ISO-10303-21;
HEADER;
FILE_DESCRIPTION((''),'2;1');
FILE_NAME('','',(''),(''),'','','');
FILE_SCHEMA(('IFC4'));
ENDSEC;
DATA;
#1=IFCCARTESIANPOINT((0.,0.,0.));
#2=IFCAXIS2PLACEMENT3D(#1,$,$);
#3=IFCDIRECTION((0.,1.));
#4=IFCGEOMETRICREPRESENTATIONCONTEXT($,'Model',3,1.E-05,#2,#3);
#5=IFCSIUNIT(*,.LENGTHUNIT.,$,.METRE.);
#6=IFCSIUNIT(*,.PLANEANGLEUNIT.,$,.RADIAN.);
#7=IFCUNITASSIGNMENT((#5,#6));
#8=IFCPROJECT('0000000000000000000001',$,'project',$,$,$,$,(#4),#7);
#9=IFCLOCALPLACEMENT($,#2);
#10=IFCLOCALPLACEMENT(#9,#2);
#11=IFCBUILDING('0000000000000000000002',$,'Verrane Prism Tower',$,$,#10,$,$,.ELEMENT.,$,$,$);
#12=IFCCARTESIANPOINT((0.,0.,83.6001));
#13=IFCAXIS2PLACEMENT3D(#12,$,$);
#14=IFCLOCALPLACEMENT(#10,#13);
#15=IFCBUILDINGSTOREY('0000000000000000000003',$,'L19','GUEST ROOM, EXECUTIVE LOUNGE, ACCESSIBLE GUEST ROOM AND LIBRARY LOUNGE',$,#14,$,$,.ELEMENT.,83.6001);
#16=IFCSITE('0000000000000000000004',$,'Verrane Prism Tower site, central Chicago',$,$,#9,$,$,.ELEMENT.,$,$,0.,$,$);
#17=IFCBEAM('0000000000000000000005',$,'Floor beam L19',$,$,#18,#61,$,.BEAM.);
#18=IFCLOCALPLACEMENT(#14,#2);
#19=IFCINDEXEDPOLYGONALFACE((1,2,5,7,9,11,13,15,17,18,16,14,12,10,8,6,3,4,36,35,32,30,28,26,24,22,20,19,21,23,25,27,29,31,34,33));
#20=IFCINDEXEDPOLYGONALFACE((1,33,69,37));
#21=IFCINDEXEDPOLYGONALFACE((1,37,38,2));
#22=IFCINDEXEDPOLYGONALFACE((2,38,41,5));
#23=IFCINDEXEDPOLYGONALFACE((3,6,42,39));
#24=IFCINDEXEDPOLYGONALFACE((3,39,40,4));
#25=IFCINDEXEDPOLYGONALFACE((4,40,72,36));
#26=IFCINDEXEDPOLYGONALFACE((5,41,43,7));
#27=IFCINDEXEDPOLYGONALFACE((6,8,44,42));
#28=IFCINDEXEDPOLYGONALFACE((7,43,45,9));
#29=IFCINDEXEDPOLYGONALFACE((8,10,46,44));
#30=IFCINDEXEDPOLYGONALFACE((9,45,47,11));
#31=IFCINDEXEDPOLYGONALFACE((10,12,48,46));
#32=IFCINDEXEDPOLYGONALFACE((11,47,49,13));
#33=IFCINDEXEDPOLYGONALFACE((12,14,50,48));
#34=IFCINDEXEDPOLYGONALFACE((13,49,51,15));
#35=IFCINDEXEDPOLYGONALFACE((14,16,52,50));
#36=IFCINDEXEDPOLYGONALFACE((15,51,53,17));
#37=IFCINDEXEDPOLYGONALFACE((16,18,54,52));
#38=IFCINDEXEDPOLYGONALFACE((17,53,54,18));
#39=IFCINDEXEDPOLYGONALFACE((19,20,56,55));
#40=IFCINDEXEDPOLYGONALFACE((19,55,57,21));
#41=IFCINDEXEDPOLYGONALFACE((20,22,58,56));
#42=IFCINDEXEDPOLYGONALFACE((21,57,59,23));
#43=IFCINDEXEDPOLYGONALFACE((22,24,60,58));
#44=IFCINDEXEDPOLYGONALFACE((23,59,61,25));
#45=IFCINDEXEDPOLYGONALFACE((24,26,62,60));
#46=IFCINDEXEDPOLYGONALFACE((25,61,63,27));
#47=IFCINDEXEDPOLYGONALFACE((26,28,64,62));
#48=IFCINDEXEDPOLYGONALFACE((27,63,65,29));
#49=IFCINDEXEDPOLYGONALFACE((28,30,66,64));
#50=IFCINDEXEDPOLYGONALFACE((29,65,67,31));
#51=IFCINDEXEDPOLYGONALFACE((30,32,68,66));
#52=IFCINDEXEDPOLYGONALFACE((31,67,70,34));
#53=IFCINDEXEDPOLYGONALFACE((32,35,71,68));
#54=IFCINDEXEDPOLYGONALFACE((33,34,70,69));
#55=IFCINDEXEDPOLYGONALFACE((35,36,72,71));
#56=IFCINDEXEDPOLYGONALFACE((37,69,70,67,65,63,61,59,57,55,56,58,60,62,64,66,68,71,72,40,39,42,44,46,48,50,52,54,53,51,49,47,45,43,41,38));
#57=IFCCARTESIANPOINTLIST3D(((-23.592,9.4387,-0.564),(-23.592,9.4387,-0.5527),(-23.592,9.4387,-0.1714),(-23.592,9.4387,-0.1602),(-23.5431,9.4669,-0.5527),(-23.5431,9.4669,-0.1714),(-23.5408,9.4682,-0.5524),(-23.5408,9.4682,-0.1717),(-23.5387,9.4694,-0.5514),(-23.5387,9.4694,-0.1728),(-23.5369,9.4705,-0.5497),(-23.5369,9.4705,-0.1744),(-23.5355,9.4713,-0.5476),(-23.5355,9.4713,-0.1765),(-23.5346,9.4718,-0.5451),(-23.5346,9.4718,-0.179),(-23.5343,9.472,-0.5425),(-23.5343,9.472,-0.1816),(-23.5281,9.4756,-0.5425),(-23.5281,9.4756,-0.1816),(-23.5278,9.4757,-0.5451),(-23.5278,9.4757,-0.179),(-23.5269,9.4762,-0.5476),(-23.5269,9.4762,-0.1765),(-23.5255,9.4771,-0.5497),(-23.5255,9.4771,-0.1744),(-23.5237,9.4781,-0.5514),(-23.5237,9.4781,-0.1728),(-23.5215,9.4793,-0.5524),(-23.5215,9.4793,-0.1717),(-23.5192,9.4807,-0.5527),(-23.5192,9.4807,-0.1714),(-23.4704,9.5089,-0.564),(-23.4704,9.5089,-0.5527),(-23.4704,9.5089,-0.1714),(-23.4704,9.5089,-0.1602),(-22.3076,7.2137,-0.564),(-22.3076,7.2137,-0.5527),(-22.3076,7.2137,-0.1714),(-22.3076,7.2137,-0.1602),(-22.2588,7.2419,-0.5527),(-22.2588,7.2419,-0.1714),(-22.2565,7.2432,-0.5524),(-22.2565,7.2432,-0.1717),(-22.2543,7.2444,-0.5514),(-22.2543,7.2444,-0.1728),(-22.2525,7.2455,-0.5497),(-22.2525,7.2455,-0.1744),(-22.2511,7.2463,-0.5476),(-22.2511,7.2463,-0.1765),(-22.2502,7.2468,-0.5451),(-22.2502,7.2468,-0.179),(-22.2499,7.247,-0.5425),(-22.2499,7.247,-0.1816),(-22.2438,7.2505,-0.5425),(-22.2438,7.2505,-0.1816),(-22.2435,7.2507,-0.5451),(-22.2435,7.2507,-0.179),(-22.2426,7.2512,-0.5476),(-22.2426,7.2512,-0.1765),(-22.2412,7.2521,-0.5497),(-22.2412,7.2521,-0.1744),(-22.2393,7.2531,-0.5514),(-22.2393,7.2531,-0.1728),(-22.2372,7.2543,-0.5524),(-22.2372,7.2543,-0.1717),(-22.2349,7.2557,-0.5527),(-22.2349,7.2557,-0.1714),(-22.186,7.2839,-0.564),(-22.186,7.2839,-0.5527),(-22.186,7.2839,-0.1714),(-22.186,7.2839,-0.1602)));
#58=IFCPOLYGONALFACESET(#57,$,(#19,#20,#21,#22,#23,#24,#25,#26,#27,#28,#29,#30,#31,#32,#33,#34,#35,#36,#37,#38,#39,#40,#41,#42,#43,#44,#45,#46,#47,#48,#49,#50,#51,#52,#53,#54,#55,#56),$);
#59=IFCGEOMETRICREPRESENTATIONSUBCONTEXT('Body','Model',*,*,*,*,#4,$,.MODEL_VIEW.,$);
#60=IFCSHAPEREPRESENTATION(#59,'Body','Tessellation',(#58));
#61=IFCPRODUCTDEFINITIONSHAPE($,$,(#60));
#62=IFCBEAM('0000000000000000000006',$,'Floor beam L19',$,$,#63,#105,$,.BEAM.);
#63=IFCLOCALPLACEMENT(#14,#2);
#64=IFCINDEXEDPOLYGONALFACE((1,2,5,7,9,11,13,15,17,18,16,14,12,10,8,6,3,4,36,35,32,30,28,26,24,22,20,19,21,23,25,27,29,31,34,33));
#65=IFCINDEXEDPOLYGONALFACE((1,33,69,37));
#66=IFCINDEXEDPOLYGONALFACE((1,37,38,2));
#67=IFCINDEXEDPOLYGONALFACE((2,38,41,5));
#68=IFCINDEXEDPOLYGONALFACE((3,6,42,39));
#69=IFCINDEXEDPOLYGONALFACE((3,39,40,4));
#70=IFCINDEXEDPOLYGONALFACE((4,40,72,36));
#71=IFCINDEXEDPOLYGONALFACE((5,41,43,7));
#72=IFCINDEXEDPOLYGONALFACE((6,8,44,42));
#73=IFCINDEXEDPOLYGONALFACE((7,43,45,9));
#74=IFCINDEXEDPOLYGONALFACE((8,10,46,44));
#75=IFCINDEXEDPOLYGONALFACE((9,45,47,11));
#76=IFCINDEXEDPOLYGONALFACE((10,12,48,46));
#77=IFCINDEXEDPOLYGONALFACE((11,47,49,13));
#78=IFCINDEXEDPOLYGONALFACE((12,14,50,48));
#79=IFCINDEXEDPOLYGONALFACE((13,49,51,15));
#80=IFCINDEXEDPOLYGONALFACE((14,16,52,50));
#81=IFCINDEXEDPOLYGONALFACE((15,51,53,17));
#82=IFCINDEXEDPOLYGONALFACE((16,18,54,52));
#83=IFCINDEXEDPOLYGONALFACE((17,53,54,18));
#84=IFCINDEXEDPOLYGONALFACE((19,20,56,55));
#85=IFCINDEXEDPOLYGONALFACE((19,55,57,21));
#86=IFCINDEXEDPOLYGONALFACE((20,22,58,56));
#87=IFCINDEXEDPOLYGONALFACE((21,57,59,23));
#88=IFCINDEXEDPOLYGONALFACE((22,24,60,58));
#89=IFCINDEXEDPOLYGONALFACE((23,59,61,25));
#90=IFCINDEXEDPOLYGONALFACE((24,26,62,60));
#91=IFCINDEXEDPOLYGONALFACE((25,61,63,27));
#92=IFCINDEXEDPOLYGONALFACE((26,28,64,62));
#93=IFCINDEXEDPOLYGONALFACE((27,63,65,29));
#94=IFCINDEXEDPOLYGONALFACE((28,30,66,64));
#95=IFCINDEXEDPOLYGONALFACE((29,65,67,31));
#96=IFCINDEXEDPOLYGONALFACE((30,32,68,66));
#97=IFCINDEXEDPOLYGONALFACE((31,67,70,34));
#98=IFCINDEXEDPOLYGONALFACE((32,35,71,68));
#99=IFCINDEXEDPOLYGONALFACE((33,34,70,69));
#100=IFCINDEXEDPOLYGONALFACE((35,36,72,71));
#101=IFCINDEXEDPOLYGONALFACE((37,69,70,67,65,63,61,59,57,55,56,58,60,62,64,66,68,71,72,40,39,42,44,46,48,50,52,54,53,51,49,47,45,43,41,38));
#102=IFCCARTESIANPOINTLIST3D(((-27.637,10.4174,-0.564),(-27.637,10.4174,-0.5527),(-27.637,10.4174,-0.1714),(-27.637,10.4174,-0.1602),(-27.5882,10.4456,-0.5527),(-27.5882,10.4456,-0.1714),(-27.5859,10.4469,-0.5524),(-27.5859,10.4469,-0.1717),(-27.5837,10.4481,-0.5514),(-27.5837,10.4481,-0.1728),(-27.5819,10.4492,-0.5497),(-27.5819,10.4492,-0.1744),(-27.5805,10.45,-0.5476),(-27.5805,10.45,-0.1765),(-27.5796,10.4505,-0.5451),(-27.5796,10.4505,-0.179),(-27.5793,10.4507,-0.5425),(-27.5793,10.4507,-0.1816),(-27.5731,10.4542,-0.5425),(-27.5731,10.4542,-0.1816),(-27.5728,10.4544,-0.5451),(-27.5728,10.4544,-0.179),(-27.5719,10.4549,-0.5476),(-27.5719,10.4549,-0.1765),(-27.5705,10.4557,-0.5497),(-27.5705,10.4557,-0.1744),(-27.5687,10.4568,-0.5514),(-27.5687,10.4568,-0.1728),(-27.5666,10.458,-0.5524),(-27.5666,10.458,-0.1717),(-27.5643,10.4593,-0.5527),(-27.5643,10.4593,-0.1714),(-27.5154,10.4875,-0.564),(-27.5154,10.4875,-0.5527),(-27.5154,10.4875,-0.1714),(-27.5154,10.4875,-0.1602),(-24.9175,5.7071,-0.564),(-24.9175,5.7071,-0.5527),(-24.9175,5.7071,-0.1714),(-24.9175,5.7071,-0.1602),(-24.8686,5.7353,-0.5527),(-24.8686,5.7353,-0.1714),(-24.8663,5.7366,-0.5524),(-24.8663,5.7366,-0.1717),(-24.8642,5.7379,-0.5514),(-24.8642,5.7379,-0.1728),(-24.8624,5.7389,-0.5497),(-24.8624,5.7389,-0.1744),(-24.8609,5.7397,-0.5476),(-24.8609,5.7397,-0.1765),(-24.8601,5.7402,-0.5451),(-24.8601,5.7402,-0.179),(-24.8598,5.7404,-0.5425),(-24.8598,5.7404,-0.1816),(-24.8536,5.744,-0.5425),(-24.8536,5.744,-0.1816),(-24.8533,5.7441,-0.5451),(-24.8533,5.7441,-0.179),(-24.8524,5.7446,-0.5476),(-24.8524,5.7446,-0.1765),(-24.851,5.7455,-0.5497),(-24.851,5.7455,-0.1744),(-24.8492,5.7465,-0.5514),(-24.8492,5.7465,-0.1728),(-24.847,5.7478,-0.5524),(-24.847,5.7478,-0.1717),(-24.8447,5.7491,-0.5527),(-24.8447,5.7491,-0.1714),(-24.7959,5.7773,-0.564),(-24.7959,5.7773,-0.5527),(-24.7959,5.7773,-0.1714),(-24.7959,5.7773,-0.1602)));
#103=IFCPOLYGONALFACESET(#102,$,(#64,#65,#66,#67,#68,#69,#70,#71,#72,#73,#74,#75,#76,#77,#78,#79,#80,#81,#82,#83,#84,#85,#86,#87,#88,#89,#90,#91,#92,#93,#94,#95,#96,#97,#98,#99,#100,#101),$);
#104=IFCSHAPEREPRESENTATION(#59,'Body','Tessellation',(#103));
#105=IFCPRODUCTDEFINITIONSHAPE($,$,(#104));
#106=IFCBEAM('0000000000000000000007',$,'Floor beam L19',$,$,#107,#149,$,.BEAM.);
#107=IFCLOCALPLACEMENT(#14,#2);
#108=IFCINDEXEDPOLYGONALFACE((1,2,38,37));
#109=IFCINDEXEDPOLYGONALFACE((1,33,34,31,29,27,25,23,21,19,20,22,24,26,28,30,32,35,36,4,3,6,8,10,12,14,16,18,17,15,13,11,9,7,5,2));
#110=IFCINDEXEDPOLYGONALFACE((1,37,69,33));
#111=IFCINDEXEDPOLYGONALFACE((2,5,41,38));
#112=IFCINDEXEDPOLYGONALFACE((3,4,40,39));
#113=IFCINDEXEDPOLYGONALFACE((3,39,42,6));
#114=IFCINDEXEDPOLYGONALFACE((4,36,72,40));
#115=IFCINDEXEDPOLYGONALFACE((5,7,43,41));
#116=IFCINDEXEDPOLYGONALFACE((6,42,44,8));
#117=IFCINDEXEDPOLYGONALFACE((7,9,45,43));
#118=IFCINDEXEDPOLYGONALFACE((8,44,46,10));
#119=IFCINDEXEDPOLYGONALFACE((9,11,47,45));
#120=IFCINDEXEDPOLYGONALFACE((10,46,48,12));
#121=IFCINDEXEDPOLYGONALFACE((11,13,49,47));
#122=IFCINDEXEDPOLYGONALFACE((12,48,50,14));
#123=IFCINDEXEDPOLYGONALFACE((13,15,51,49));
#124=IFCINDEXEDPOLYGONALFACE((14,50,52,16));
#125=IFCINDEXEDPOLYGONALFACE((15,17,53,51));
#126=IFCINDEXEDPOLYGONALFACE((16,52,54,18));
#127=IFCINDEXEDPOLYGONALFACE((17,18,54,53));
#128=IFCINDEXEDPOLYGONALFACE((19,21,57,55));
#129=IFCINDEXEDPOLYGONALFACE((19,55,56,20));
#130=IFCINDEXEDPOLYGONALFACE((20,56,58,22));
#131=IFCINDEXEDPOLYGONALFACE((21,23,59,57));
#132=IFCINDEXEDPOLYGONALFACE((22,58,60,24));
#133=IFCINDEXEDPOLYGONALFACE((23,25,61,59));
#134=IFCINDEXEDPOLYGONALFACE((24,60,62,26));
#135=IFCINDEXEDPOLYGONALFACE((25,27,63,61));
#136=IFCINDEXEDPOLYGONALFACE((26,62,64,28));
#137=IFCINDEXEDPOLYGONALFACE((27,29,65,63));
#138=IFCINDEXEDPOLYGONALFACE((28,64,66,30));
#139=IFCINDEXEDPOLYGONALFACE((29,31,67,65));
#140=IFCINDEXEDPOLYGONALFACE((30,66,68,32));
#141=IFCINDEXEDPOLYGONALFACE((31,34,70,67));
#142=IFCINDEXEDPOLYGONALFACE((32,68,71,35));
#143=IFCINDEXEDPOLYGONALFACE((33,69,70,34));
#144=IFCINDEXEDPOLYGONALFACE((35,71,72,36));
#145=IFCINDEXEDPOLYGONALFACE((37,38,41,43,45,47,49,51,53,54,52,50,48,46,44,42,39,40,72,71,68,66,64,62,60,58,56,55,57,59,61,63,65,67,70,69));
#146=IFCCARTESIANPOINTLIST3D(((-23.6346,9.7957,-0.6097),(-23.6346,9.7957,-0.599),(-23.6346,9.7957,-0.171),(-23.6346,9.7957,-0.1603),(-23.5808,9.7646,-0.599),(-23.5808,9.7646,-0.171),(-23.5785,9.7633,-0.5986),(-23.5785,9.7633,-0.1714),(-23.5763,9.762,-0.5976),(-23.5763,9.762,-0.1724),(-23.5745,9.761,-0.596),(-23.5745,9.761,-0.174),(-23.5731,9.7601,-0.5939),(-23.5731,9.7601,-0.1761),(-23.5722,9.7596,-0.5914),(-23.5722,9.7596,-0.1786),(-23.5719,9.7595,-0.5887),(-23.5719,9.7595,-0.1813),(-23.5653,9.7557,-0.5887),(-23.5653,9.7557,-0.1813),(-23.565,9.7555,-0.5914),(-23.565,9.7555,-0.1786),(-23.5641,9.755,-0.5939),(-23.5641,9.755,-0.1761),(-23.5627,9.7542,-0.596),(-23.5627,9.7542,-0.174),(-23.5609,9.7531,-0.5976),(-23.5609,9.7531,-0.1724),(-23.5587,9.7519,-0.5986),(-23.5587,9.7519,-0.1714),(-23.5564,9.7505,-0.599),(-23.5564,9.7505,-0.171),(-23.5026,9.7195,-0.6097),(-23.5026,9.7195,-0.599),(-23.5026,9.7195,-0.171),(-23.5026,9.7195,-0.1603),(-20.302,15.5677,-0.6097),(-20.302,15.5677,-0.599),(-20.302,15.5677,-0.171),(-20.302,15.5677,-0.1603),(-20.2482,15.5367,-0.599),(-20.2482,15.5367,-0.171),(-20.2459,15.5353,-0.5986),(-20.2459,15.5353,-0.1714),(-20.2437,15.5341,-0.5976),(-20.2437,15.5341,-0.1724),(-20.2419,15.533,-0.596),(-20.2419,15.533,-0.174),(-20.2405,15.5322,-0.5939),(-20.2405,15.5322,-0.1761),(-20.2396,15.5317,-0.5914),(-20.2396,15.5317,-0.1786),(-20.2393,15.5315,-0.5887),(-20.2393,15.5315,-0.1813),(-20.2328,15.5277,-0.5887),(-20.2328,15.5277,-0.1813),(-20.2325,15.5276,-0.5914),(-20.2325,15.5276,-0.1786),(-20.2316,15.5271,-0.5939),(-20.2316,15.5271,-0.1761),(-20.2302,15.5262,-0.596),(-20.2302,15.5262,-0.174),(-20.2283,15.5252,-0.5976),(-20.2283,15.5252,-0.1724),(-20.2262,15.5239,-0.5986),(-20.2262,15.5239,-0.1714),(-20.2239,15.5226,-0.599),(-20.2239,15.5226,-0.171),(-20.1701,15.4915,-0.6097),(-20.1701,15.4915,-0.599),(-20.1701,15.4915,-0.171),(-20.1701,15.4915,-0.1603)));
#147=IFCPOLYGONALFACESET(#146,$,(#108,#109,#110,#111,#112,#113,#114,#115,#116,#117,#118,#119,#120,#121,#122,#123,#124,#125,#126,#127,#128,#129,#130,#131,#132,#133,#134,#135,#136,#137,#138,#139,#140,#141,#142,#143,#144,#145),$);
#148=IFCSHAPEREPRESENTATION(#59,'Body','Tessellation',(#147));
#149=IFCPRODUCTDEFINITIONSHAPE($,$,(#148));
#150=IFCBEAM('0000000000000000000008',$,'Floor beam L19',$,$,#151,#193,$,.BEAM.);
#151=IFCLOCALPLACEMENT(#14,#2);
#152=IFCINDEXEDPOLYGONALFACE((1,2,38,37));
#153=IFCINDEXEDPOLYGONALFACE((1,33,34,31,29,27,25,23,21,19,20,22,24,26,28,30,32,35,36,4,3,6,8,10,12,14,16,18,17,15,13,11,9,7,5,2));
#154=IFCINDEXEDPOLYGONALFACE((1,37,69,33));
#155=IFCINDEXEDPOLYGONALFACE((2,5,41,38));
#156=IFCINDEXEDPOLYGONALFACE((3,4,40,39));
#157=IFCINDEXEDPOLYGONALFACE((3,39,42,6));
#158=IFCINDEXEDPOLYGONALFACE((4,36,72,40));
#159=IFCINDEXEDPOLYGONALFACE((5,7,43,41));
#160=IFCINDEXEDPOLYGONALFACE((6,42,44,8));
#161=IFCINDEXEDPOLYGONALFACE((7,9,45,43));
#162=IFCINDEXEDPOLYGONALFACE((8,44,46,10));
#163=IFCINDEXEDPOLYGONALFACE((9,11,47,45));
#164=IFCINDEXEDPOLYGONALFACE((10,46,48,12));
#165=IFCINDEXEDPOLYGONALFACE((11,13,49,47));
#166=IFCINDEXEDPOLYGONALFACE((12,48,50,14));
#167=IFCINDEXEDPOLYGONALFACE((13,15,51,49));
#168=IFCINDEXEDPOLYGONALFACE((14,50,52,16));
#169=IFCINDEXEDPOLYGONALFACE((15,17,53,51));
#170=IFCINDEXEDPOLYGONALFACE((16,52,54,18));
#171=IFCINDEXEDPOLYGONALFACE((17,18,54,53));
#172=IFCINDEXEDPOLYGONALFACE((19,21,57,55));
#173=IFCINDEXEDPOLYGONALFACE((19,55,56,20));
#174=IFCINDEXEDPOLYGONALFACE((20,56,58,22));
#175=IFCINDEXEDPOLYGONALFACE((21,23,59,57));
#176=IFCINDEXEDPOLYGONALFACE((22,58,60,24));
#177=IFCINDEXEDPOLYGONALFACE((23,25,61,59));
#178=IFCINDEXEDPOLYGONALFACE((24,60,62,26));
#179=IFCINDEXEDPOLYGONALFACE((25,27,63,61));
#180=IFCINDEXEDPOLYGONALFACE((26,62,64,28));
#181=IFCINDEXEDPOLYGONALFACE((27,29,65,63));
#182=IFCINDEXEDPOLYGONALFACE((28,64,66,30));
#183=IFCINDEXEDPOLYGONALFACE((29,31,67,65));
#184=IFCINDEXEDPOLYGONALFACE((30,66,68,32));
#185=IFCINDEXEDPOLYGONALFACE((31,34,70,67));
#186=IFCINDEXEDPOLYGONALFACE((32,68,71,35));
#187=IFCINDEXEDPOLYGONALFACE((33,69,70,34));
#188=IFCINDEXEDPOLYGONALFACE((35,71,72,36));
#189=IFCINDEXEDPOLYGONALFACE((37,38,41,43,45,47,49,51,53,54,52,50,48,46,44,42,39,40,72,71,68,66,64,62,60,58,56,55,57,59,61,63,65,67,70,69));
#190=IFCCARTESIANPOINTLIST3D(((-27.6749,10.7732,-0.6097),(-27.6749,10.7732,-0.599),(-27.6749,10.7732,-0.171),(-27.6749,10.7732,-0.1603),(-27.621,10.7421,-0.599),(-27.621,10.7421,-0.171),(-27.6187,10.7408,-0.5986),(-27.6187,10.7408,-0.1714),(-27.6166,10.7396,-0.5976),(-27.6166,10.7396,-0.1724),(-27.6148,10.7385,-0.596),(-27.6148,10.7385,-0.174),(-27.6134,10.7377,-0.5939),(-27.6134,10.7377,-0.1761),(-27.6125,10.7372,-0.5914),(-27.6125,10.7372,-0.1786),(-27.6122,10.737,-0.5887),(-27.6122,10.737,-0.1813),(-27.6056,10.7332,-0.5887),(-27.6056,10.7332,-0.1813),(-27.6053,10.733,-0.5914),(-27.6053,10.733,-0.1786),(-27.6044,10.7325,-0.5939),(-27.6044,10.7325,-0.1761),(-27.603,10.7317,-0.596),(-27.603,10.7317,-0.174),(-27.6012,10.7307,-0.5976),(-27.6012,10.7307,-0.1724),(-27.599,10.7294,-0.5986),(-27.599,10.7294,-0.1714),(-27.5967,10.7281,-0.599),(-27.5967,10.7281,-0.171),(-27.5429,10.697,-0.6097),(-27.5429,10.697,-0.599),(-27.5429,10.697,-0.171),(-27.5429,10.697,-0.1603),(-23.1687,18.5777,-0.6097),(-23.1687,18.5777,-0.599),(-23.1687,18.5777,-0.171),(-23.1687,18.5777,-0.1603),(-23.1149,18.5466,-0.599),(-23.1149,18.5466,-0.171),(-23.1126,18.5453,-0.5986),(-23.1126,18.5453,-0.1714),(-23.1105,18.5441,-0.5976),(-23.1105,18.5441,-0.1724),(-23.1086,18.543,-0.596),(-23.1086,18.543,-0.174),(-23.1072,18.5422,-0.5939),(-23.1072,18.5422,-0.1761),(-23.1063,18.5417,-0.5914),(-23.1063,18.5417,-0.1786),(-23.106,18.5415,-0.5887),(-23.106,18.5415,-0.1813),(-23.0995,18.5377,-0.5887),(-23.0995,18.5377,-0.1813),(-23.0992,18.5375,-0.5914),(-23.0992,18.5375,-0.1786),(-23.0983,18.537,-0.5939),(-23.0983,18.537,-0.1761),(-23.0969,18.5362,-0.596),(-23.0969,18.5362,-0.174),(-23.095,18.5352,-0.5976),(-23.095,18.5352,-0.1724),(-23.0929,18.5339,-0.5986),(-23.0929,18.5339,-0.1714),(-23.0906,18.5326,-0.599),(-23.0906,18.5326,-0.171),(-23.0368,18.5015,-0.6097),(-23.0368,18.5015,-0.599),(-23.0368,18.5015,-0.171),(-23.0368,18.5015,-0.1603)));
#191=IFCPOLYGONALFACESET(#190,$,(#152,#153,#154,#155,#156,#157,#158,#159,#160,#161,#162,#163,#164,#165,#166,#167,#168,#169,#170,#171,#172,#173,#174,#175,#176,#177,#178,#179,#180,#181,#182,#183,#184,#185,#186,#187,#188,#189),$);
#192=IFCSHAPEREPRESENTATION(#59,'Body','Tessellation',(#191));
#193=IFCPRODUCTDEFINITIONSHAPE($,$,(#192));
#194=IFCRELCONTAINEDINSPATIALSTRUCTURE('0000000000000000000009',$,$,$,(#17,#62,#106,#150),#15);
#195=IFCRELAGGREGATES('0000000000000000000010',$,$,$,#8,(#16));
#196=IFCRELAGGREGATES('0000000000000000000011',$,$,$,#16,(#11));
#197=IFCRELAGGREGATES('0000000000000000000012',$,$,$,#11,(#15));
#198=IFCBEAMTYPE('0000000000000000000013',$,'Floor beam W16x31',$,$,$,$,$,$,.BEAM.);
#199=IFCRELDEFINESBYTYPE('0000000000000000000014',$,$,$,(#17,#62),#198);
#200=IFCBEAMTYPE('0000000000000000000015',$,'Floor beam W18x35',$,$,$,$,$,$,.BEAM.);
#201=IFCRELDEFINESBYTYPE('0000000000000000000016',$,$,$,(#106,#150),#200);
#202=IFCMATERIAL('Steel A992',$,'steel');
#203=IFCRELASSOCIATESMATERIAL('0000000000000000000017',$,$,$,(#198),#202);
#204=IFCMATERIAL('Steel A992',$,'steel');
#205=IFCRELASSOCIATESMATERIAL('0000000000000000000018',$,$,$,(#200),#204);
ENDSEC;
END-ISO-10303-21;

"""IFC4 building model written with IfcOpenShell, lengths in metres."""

from ifc_helpers import new_model, si_unit, direction, frame, origin, origin_2d, place, context, subcontext, project, spatial, i_section, extrude, material, material_profile, profile_set, type_object, element, save


model = new_model("IFC4")

# Units and contexts
model_context = context("Model", 3, precision=1e-05, world=origin(), true_north=direction((0.0, 1.0)))
body_context = subcontext(model_context, "Body", "Model", "MODEL_VIEW")
ifc_project = project(units=[si_unit("LENGTHUNIT", "METRE"), si_unit("PLANEANGLEUNIT", "RADIAN")], contexts=[model_context])

# Site, building, storey
site_placement = place(None, origin())
site = spatial("IfcSite", under=ifc_project, at=site_placement, Name="Verrane Prism Tower site, central Chicago", CompositionType="ELEMENT", RefElevation=0.0)
building_placement = place(site_placement, origin())
building = spatial("IfcBuilding", under=site, at=building_placement, Name="Verrane Prism Tower", CompositionType="ELEMENT")
storey_placement = place(building_placement, frame((0.0, 0.0, 83.6001)))
storey = spatial("IfcBuildingStorey", under=building, at=storey_placement, Name="L19", Description="GUEST ROOM, EXECUTIVE LOUNGE, ACCESSIBLE GUEST ROOM AND LIBRARY LOUNGE", CompositionType="ELEMENT", Elevation=83.6001)

# Beams
ifc_material_1 = material(Name="Steel A992", Category="steel")
ifc_material_profile_1 = material_profile(ifc_material_1, i_section(OverallWidth=0.1404, OverallDepth=0.4038, WebThickness=0.0071, FlangeThickness=0.0112, FilletRadius=0.0103, at=origin_2d()), Name="W16x31")
ifc_profile_set_1 = profile_set([ifc_material_profile_1], Name="Steel A992")
beam_type_1 = type_object("IfcBeamType", Name="Floor beam W16x31", PredefinedType="BEAM", material=ifc_profile_set_1)
beam_1_placement = place(storey_placement, frame((-22.2468, 7.2488, -0.3621), z_axis=(-0.499931, 0.866065, 0.0), x_axis=(-0.866065, -0.499931, 0.0)))
element("IfcBeam", 1, at=beam_1_placement, inside=storey, type_object=beam_type_1, Name="Floor beam L19", PredefinedType="BEAM", context=body_context, shape_type="SweptSolid", body=[
    extrude(i_section(OverallWidth=0.1404, OverallDepth=0.4038, WebThickness=0.0071, FlangeThickness=0.0112, FilletRadius=0.0103, at=origin_2d()), origin(), (0.0, 0.0, 1.0), 2.5691),
])
beam_2_placement = place(storey_placement, frame((-24.8567, 5.7422, -0.3621), z_axis=(-0.500006, 0.866022, 0.0), x_axis=(-0.866022, -0.500006, 0.0)))
element("IfcBeam", 2, at=beam_2_placement, inside=storey, type_object=beam_type_1, Name="Floor beam L19", PredefinedType="BEAM", context=body_context, shape_type="SweptSolid", body=[
    extrude(i_section(OverallWidth=0.1404, OverallDepth=0.4038, WebThickness=0.0071, FlangeThickness=0.0112, FilletRadius=0.0103, at=origin_2d()), origin(), (0.0, 0.0, 1.0), 5.439),
])
ifc_material_2 = material(Name="Steel A992", Category="steel")
ifc_material_profile_2 = material_profile(ifc_material_2, i_section(OverallWidth=0.1523, OverallDepth=0.4495, WebThickness=0.0076, FlangeThickness=0.0107, FilletRadius=0.0103, at=origin_2d()), Name="W18x35")
ifc_profile_set_2 = profile_set([ifc_material_profile_2], Name="Steel A992")
beam_type_2 = type_object("IfcBeamType", Name="Floor beam W18x35", PredefinedType="BEAM", material=ifc_profile_set_2)
beam_3_placement = place(storey_placement, frame((-23.5686, 9.7576, -0.385), z_axis=(0.500008, 0.866021, 0.0), x_axis=(-0.866021, 0.500008, 0.0)))
element("IfcBeam", 3, at=beam_3_placement, inside=storey, type_object=beam_type_2, Name="Floor beam L19", PredefinedType="BEAM", context=body_context, shape_type="SweptSolid", body=[
    extrude(i_section(OverallWidth=0.1523, OverallDepth=0.4495, WebThickness=0.0076, FlangeThickness=0.0107, FilletRadius=0.0103, at=origin_2d()), origin(), (0.0, 0.0, 1.0), 6.665),
])
beam_4_placement = place(storey_placement, frame((-27.6089, 10.7351, -0.385), z_axis=(0.500017, 0.866016, 0.0), x_axis=(-0.866016, 0.500017, 0.0)))
element("IfcBeam", 4, at=beam_4_placement, inside=storey, type_object=beam_type_2, Name="Floor beam L19", PredefinedType="BEAM", context=body_context, shape_type="SweptSolid", body=[
    extrude(i_section(OverallWidth=0.1523, OverallDepth=0.4495, WebThickness=0.0076, FlangeThickness=0.0107, FilletRadius=0.0103, at=origin_2d()), origin(), (0.0, 0.0, 1.0), 9.012),
])

save(model, "model.ifc")
